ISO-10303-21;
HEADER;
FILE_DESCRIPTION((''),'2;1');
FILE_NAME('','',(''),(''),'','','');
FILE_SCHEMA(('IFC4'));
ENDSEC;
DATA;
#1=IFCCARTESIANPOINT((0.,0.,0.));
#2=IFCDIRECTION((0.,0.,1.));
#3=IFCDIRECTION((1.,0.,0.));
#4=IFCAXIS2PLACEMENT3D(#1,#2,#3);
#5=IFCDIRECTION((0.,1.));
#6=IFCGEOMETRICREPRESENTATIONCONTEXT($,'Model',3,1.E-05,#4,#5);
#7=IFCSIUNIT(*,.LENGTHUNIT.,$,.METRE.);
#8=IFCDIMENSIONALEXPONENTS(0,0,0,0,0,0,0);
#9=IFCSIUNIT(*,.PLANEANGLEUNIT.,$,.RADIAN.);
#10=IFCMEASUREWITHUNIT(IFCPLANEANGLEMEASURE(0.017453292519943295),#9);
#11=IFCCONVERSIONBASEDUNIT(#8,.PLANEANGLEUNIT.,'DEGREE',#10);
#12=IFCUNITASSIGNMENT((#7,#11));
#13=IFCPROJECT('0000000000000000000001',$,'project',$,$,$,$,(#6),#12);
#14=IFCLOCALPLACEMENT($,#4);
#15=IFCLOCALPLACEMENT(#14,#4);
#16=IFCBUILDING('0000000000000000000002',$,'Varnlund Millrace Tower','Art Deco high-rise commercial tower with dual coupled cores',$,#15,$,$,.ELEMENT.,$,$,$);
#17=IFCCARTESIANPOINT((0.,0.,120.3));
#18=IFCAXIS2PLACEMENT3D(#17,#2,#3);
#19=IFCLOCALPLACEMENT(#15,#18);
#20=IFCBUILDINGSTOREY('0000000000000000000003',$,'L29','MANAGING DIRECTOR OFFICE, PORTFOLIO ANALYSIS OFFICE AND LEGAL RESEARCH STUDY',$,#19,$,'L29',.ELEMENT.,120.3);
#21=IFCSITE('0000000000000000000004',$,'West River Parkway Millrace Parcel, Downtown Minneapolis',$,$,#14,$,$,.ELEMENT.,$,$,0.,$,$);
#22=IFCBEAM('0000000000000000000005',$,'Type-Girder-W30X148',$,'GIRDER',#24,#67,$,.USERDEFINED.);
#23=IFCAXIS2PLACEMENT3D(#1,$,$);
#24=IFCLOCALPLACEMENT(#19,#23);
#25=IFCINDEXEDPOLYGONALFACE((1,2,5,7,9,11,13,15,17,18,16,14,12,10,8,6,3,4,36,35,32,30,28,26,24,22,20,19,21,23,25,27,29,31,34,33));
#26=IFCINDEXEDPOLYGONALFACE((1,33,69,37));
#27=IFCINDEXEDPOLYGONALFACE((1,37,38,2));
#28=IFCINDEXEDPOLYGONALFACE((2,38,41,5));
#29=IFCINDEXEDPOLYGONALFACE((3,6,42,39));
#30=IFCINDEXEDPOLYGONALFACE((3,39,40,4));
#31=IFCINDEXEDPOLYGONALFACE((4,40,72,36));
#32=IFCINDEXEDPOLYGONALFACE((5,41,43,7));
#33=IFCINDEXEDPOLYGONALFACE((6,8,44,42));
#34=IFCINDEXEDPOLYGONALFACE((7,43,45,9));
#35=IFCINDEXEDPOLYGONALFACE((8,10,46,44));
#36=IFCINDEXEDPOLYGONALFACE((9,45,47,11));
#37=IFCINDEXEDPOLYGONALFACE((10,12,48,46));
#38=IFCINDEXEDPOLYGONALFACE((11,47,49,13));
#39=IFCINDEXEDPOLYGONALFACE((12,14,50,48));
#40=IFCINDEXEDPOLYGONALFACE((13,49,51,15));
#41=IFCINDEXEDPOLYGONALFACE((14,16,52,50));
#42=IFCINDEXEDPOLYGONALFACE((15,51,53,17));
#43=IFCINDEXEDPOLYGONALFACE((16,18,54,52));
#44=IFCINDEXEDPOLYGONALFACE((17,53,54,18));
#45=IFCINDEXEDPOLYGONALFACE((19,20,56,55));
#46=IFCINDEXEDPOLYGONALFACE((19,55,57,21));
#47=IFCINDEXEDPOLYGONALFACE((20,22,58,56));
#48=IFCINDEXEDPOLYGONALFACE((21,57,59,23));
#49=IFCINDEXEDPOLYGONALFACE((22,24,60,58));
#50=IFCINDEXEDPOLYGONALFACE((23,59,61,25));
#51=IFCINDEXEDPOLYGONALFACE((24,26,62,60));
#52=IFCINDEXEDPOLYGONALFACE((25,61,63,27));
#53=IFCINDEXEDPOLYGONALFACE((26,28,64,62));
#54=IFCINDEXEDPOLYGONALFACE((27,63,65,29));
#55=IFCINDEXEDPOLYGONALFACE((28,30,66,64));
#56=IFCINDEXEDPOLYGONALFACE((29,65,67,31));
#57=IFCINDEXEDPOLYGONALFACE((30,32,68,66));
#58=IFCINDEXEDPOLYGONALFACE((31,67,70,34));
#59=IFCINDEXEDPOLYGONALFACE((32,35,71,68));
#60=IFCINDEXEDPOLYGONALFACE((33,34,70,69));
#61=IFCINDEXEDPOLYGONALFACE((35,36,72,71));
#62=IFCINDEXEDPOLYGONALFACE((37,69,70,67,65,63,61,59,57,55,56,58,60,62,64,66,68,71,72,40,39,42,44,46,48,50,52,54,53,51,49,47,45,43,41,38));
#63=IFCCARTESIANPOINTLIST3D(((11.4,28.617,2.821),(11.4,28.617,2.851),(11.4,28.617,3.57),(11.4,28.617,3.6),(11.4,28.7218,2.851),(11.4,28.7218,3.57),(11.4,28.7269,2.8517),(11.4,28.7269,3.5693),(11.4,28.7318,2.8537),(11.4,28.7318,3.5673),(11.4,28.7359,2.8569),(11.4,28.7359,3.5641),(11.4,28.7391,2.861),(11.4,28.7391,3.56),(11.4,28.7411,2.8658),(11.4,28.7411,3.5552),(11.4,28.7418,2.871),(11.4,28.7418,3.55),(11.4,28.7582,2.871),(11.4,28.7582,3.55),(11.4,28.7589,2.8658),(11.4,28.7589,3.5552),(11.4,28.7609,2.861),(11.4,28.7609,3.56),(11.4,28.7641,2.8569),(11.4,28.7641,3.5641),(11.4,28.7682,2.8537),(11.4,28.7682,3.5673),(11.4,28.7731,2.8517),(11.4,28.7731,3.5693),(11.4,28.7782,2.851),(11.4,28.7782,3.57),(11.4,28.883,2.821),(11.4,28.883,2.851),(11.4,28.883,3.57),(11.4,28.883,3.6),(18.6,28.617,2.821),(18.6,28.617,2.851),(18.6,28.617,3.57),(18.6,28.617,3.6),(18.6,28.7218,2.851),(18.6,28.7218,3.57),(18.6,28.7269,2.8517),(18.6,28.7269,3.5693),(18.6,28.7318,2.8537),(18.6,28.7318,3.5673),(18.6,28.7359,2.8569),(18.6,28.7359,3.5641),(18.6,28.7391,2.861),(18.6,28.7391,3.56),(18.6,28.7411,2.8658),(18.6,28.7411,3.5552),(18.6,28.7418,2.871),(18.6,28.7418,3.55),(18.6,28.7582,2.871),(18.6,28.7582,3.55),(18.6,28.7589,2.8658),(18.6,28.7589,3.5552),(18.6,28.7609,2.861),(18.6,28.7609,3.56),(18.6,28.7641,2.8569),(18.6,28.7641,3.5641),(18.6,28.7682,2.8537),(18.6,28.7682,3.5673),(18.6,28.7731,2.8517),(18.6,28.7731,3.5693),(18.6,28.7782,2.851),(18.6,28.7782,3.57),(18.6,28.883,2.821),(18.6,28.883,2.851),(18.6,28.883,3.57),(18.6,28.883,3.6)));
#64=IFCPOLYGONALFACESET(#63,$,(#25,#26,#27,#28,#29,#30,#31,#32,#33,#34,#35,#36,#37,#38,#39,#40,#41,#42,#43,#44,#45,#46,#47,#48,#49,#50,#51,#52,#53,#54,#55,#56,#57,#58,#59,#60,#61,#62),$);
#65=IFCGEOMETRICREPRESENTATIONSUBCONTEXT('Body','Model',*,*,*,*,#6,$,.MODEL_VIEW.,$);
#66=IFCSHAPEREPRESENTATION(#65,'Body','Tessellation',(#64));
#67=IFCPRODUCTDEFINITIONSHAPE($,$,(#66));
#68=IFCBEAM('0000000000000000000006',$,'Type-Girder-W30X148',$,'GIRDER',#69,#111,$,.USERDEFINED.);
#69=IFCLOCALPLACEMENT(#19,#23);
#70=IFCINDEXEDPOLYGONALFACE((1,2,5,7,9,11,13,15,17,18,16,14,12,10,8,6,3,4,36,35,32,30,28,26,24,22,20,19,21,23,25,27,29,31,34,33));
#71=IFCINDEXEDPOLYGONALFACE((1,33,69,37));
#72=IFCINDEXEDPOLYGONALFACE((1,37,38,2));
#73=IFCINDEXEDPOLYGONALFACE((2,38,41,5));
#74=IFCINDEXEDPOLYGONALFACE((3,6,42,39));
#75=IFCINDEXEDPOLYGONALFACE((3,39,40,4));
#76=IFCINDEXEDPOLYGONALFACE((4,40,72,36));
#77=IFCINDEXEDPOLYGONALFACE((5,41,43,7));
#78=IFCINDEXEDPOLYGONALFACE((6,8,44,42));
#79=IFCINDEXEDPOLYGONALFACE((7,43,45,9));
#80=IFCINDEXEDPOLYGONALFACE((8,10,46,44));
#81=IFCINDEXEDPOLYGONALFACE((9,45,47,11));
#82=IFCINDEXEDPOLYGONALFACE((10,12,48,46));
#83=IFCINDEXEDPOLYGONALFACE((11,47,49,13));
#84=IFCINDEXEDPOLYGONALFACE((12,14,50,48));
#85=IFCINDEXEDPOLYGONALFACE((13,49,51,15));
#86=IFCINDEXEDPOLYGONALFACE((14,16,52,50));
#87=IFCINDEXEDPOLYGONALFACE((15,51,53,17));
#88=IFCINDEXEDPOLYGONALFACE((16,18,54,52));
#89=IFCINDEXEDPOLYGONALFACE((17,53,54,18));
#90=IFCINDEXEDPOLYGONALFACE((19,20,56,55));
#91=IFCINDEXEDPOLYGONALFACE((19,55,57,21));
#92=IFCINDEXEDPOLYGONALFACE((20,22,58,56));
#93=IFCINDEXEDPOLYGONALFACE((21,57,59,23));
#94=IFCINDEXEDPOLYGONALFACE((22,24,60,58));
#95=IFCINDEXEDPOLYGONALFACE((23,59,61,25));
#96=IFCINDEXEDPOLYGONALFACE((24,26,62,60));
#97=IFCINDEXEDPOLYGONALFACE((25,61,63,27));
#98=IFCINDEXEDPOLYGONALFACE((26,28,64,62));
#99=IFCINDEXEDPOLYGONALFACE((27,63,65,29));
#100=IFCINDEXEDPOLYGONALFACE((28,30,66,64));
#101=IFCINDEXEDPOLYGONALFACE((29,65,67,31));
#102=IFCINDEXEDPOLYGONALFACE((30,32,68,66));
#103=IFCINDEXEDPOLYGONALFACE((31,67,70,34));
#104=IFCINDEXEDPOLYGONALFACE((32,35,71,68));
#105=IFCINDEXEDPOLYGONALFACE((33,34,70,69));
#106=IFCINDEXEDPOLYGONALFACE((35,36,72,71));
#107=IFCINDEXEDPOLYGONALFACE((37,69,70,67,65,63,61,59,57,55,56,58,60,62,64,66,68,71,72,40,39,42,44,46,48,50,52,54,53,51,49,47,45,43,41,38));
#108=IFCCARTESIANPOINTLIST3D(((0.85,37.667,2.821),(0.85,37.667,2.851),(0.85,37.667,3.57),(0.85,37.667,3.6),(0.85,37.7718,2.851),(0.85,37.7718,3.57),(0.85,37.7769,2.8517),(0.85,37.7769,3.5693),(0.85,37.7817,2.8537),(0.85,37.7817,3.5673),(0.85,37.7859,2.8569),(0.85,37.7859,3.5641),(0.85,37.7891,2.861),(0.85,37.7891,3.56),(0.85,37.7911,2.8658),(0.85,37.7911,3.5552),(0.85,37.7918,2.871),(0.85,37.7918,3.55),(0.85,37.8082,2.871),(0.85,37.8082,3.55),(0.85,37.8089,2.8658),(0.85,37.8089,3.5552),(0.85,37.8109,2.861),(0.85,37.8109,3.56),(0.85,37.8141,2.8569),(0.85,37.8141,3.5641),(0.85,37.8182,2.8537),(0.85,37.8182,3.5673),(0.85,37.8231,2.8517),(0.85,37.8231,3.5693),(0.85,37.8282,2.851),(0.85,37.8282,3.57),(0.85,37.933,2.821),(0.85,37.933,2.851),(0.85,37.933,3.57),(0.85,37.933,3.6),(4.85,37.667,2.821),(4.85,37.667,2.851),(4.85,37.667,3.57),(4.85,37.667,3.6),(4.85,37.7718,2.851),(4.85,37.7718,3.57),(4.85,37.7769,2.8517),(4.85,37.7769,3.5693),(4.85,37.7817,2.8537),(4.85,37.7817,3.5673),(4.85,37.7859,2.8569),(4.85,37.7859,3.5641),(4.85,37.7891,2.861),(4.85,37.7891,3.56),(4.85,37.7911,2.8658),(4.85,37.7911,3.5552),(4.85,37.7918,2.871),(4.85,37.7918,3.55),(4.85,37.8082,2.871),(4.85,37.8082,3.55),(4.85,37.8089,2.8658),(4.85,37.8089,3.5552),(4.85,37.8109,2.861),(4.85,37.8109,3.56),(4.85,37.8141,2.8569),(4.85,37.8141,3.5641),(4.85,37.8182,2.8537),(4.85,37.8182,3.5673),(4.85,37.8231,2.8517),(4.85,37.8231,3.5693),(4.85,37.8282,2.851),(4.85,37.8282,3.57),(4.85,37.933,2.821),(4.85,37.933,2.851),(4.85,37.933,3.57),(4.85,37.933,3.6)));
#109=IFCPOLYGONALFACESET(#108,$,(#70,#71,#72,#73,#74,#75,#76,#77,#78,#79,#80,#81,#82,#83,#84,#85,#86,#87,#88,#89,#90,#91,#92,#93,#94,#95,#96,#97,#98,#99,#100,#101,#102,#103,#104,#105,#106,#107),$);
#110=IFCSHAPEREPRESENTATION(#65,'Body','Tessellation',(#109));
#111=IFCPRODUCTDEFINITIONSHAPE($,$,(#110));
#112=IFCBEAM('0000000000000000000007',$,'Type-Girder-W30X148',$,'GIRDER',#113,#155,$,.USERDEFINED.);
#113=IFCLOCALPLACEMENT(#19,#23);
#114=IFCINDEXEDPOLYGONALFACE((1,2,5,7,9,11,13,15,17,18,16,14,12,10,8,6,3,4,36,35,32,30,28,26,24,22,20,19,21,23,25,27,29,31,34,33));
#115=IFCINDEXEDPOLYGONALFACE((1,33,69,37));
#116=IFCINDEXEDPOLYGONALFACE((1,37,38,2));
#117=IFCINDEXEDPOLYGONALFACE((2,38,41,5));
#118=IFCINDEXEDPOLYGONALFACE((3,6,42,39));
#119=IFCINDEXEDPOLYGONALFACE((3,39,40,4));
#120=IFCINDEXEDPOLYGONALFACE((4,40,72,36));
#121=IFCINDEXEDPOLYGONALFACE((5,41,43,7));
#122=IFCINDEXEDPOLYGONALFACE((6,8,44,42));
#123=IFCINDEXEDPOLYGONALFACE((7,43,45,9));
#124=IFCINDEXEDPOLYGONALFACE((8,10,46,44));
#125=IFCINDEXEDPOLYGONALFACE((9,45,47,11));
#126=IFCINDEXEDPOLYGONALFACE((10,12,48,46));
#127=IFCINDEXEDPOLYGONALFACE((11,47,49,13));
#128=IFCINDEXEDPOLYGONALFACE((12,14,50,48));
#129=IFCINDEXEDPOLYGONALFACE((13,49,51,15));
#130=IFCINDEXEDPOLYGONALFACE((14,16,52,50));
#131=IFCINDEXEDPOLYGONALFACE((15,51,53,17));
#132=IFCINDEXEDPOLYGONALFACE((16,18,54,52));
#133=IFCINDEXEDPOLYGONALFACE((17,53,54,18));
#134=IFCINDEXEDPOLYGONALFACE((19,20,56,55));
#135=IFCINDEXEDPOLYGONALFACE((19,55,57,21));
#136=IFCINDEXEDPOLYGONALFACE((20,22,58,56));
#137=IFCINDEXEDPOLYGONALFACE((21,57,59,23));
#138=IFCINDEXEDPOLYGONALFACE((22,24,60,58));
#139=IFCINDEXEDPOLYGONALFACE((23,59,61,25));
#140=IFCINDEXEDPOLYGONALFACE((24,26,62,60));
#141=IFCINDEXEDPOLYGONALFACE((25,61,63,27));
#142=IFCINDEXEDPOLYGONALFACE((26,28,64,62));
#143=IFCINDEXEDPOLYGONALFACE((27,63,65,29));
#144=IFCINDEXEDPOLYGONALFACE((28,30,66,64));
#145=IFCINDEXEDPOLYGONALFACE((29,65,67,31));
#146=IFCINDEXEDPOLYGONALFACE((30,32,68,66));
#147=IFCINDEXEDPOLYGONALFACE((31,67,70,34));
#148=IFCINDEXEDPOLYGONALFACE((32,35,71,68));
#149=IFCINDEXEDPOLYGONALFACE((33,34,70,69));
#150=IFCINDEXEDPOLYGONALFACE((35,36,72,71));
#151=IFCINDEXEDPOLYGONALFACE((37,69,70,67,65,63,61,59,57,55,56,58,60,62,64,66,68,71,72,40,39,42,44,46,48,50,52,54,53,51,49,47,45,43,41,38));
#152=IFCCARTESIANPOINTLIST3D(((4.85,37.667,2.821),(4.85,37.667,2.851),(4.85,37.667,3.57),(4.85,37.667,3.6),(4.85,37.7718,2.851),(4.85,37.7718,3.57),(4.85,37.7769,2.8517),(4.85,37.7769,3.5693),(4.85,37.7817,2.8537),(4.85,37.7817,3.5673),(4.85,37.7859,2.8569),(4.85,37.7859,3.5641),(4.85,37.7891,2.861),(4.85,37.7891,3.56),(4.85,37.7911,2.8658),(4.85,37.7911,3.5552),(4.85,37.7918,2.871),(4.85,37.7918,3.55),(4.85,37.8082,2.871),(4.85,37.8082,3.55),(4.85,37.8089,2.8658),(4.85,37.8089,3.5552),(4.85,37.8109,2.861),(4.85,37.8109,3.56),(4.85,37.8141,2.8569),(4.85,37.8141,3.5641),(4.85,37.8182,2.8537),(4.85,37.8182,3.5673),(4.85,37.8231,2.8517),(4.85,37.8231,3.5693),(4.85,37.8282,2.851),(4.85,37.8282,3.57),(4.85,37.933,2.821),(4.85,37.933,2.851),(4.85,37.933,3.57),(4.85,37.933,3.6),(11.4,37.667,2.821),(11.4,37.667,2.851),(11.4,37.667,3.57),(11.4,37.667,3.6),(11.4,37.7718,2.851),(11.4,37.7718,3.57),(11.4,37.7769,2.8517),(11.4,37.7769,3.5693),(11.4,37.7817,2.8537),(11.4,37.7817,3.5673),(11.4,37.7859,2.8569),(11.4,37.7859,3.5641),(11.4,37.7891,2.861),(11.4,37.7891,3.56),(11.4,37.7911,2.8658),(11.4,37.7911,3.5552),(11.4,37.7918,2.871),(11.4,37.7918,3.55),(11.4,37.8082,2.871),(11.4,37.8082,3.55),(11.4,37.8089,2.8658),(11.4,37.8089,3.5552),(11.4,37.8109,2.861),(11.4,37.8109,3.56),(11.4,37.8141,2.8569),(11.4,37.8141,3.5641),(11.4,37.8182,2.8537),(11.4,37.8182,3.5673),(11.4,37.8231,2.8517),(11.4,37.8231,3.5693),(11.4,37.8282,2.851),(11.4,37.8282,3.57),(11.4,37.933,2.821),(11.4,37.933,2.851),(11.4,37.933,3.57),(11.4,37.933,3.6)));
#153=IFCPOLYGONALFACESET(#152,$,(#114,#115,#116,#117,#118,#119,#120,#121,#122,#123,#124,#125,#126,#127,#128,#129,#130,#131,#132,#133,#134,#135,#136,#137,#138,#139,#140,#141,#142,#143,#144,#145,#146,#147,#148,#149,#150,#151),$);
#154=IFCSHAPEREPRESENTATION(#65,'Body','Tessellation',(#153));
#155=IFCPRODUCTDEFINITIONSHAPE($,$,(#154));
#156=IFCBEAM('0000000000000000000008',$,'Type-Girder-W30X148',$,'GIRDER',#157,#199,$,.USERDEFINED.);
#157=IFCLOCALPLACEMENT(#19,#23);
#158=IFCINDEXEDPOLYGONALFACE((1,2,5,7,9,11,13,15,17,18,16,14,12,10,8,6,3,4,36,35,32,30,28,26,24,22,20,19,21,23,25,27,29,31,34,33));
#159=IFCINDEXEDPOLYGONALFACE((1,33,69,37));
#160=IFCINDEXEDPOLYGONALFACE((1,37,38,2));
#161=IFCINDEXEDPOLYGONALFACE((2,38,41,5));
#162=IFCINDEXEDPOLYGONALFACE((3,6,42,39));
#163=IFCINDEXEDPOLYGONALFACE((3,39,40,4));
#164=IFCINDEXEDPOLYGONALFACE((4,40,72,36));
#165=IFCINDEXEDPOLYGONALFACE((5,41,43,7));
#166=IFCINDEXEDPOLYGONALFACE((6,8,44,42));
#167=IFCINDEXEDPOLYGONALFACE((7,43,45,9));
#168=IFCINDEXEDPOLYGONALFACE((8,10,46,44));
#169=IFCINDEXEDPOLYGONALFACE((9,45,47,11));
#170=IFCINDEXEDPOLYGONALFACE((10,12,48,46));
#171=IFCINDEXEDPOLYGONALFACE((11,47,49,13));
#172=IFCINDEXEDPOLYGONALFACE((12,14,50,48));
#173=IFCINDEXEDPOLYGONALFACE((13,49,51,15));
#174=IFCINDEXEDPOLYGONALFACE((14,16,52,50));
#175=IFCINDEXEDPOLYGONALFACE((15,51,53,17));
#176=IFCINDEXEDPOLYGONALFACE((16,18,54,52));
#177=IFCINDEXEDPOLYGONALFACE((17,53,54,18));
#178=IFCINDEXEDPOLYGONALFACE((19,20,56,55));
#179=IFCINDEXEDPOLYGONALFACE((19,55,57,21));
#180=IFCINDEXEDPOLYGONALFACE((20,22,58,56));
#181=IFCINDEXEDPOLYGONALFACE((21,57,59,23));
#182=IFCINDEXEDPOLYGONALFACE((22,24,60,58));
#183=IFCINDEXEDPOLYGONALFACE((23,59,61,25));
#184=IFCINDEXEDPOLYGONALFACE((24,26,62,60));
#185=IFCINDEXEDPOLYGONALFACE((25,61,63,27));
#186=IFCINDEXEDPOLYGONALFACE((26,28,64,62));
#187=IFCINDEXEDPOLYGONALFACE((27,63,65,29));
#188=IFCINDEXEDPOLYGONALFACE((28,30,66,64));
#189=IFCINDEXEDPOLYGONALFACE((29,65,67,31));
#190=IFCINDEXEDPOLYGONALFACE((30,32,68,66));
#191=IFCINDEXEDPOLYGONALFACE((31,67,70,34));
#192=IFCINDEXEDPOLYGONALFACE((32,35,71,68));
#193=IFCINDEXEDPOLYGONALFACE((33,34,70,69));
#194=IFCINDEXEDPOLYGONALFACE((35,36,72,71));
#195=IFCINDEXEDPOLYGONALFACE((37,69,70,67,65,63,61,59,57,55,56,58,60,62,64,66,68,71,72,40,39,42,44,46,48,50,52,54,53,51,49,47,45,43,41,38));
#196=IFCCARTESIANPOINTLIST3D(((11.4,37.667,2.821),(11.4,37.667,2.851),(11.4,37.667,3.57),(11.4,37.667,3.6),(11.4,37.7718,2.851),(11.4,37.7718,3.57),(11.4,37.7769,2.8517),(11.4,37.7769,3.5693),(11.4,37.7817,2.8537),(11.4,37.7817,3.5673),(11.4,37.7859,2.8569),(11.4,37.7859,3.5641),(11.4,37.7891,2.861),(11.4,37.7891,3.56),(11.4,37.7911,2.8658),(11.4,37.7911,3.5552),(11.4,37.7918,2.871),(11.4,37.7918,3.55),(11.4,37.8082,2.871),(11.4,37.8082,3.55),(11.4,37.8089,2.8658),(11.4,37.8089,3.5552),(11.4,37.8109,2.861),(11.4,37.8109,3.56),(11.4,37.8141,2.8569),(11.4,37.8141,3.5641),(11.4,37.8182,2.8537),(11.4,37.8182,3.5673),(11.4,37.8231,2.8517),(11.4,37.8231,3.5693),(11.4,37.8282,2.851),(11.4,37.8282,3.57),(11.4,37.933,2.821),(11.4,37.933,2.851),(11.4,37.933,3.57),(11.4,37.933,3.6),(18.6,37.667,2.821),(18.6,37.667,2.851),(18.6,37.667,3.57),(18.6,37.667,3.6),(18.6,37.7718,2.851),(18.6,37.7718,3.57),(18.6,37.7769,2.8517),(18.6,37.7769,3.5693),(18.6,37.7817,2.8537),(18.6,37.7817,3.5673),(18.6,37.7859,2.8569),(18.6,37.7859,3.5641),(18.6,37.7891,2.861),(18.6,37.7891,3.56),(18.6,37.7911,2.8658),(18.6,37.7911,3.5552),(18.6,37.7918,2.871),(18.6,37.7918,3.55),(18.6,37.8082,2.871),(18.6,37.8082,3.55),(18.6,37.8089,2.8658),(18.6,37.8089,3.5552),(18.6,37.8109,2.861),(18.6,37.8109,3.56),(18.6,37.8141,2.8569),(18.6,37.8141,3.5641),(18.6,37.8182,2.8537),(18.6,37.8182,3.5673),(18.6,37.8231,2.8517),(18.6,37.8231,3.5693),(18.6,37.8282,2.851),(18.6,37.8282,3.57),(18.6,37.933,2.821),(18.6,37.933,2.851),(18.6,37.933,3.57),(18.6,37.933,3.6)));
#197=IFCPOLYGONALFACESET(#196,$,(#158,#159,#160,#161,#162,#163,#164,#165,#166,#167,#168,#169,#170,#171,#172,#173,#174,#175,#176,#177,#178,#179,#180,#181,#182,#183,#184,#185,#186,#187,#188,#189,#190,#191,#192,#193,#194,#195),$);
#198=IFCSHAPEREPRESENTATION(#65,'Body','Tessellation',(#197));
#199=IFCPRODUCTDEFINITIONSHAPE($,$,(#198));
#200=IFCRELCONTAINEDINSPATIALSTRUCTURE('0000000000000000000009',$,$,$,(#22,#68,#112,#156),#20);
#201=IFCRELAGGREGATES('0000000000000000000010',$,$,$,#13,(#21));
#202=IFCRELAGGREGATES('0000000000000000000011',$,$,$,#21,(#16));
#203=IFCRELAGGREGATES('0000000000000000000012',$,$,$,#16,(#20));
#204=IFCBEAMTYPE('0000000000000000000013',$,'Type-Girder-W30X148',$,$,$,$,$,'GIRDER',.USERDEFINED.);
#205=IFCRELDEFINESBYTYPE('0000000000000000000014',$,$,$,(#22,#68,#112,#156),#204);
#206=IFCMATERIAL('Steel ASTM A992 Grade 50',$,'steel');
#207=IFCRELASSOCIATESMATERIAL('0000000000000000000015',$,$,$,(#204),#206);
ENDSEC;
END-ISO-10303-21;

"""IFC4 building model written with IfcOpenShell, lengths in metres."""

from ifc_helpers import new_model, entity, si_unit, converted_unit, direction, frame, origin_with_axes, origin_2d_with_axis, place, context, subcontext, project, spatial, i_section, extrude, material, material_profile, profile_set, type_object, element, save


model = new_model("IFC4")

# Units and contexts
model_context = context("Model", 3, precision=1e-05, world=origin_with_axes(), true_north=direction((0.0, 1.0)))
body_context = subcontext(model_context, "Body", "Model", "MODEL_VIEW")
ifc_project = project(units=[si_unit("LENGTHUNIT", "METRE"), converted_unit("PLANEANGLEUNIT", "DEGREE", entity("IfcPlaneAngleMeasure", 0.017453292519943295), si_unit("PLANEANGLEUNIT", "RADIAN"), dimensions=[0, 0, 0, 0, 0, 0, 0])], contexts=[model_context])

# Site, building, storey
site_placement = place(None, origin_with_axes())
site = spatial("IfcSite", under=ifc_project, at=site_placement, Name="West River Parkway Millrace Parcel, Downtown Minneapolis", CompositionType="ELEMENT", RefElevation=0.0)
building_placement = place(site_placement, origin_with_axes())
building = spatial("IfcBuilding", under=site, at=building_placement, Name="Varnlund Millrace Tower", Description="Art Deco high-rise commercial tower with dual coupled cores", CompositionType="ELEMENT")
storey_placement = place(building_placement, frame((0.0, 0.0, 120.3), z_axis=(0.0, 0.0, 1.0), x_axis=(1.0, 0.0, 0.0)))
storey = spatial("IfcBuildingStorey", under=building, at=storey_placement, Name="L29", Description="MANAGING DIRECTOR OFFICE, PORTFOLIO ANALYSIS OFFICE AND LEGAL RESEARCH STUDY", LongName="L29", CompositionType="ELEMENT", Elevation=120.3)

# Beams
ifc_material_1 = material(Name="Steel ASTM A992 Grade 50", Category="steel")
ifc_material_profile_1 = material_profile(ifc_material_1, i_section(OverallWidth=0.266, OverallDepth=0.779, WebThickness=0.0165, FlangeThickness=0.03, FilletRadius=0.02, at=origin_2d_with_axis()), Name="Steel ASTM A992 Grade 50")
ifc_profile_set_1 = profile_set([ifc_material_profile_1], Name="Steel ASTM A992 Grade 50")
beam_type_1 = type_object("IfcBeamType", Name="Type-Girder-W30X148", ElementType="GIRDER", PredefinedType="USERDEFINED", material=ifc_profile_set_1)
for number, where, z_axis, x_axis, name in (
    (1, (11.4, 28.75, 3.2105), (1.0, 0.0, 0.0), (0.0, 1.0, 0.0), "Type-Girder-W30X148"),
):
    element("IfcBeam", number, at=place(storey_placement, frame(where, z_axis=z_axis, x_axis=x_axis)), inside=storey, type_object=beam_type_1, Name=name, ObjectType="GIRDER", PredefinedType="USERDEFINED", context=body_context, shape_type="SweptSolid", body=[
        extrude(i_section(OverallWidth=0.266, OverallDepth=0.779, WebThickness=0.0165, FlangeThickness=0.03, FilletRadius=0.02, at=origin_2d_with_axis()), origin_with_axes(), (0.0, 0.0, 1.0), 7.2),
    ])
beam_1_placement = place(storey_placement, frame((0.85, 37.8, 3.2105), z_axis=(1.0, 0.0, 0.0), x_axis=(0.0, 1.0, 0.0)))
element("IfcBeam", 2, at=beam_1_placement, inside=storey, type_object=beam_type_1, Name="Type-Girder-W30X148", ObjectType="GIRDER", PredefinedType="USERDEFINED", context=body_context, shape_type="SweptSolid", body=[
    extrude(i_section(OverallWidth=0.266, OverallDepth=0.779, WebThickness=0.0165, FlangeThickness=0.03, FilletRadius=0.02, at=origin_2d_with_axis()), origin_with_axes(), (0.0, 0.0, 1.0), 4.0),
])
beam_2_placement = place(storey_placement, frame((4.85, 37.8, 3.2105), z_axis=(1.0, 0.0, 0.0), x_axis=(0.0, 1.0, 0.0)))
element("IfcBeam", 3, at=beam_2_placement, inside=storey, type_object=beam_type_1, Name="Type-Girder-W30X148", ObjectType="GIRDER", PredefinedType="USERDEFINED", context=body_context, shape_type="SweptSolid", body=[
    extrude(i_section(OverallWidth=0.266, OverallDepth=0.779, WebThickness=0.0165, FlangeThickness=0.03, FilletRadius=0.02, at=origin_2d_with_axis()), origin_with_axes(), (0.0, 0.0, 1.0), 6.55),
])
beam_3_placement = place(storey_placement, frame((11.4, 37.8, 3.2105), z_axis=(1.0, 0.0, 0.0), x_axis=(0.0, 1.0, 0.0)))
element("IfcBeam", 4, at=beam_3_placement, inside=storey, type_object=beam_type_1, Name="Type-Girder-W30X148", ObjectType="GIRDER", PredefinedType="USERDEFINED", context=body_context, shape_type="SweptSolid", body=[
    extrude(i_section(OverallWidth=0.266, OverallDepth=0.779, WebThickness=0.0165, FlangeThickness=0.03, FilletRadius=0.02, at=origin_2d_with_axis()), origin_with_axes(), (0.0, 0.0, 1.0), 7.2),
])

save(model, "model.ifc")
